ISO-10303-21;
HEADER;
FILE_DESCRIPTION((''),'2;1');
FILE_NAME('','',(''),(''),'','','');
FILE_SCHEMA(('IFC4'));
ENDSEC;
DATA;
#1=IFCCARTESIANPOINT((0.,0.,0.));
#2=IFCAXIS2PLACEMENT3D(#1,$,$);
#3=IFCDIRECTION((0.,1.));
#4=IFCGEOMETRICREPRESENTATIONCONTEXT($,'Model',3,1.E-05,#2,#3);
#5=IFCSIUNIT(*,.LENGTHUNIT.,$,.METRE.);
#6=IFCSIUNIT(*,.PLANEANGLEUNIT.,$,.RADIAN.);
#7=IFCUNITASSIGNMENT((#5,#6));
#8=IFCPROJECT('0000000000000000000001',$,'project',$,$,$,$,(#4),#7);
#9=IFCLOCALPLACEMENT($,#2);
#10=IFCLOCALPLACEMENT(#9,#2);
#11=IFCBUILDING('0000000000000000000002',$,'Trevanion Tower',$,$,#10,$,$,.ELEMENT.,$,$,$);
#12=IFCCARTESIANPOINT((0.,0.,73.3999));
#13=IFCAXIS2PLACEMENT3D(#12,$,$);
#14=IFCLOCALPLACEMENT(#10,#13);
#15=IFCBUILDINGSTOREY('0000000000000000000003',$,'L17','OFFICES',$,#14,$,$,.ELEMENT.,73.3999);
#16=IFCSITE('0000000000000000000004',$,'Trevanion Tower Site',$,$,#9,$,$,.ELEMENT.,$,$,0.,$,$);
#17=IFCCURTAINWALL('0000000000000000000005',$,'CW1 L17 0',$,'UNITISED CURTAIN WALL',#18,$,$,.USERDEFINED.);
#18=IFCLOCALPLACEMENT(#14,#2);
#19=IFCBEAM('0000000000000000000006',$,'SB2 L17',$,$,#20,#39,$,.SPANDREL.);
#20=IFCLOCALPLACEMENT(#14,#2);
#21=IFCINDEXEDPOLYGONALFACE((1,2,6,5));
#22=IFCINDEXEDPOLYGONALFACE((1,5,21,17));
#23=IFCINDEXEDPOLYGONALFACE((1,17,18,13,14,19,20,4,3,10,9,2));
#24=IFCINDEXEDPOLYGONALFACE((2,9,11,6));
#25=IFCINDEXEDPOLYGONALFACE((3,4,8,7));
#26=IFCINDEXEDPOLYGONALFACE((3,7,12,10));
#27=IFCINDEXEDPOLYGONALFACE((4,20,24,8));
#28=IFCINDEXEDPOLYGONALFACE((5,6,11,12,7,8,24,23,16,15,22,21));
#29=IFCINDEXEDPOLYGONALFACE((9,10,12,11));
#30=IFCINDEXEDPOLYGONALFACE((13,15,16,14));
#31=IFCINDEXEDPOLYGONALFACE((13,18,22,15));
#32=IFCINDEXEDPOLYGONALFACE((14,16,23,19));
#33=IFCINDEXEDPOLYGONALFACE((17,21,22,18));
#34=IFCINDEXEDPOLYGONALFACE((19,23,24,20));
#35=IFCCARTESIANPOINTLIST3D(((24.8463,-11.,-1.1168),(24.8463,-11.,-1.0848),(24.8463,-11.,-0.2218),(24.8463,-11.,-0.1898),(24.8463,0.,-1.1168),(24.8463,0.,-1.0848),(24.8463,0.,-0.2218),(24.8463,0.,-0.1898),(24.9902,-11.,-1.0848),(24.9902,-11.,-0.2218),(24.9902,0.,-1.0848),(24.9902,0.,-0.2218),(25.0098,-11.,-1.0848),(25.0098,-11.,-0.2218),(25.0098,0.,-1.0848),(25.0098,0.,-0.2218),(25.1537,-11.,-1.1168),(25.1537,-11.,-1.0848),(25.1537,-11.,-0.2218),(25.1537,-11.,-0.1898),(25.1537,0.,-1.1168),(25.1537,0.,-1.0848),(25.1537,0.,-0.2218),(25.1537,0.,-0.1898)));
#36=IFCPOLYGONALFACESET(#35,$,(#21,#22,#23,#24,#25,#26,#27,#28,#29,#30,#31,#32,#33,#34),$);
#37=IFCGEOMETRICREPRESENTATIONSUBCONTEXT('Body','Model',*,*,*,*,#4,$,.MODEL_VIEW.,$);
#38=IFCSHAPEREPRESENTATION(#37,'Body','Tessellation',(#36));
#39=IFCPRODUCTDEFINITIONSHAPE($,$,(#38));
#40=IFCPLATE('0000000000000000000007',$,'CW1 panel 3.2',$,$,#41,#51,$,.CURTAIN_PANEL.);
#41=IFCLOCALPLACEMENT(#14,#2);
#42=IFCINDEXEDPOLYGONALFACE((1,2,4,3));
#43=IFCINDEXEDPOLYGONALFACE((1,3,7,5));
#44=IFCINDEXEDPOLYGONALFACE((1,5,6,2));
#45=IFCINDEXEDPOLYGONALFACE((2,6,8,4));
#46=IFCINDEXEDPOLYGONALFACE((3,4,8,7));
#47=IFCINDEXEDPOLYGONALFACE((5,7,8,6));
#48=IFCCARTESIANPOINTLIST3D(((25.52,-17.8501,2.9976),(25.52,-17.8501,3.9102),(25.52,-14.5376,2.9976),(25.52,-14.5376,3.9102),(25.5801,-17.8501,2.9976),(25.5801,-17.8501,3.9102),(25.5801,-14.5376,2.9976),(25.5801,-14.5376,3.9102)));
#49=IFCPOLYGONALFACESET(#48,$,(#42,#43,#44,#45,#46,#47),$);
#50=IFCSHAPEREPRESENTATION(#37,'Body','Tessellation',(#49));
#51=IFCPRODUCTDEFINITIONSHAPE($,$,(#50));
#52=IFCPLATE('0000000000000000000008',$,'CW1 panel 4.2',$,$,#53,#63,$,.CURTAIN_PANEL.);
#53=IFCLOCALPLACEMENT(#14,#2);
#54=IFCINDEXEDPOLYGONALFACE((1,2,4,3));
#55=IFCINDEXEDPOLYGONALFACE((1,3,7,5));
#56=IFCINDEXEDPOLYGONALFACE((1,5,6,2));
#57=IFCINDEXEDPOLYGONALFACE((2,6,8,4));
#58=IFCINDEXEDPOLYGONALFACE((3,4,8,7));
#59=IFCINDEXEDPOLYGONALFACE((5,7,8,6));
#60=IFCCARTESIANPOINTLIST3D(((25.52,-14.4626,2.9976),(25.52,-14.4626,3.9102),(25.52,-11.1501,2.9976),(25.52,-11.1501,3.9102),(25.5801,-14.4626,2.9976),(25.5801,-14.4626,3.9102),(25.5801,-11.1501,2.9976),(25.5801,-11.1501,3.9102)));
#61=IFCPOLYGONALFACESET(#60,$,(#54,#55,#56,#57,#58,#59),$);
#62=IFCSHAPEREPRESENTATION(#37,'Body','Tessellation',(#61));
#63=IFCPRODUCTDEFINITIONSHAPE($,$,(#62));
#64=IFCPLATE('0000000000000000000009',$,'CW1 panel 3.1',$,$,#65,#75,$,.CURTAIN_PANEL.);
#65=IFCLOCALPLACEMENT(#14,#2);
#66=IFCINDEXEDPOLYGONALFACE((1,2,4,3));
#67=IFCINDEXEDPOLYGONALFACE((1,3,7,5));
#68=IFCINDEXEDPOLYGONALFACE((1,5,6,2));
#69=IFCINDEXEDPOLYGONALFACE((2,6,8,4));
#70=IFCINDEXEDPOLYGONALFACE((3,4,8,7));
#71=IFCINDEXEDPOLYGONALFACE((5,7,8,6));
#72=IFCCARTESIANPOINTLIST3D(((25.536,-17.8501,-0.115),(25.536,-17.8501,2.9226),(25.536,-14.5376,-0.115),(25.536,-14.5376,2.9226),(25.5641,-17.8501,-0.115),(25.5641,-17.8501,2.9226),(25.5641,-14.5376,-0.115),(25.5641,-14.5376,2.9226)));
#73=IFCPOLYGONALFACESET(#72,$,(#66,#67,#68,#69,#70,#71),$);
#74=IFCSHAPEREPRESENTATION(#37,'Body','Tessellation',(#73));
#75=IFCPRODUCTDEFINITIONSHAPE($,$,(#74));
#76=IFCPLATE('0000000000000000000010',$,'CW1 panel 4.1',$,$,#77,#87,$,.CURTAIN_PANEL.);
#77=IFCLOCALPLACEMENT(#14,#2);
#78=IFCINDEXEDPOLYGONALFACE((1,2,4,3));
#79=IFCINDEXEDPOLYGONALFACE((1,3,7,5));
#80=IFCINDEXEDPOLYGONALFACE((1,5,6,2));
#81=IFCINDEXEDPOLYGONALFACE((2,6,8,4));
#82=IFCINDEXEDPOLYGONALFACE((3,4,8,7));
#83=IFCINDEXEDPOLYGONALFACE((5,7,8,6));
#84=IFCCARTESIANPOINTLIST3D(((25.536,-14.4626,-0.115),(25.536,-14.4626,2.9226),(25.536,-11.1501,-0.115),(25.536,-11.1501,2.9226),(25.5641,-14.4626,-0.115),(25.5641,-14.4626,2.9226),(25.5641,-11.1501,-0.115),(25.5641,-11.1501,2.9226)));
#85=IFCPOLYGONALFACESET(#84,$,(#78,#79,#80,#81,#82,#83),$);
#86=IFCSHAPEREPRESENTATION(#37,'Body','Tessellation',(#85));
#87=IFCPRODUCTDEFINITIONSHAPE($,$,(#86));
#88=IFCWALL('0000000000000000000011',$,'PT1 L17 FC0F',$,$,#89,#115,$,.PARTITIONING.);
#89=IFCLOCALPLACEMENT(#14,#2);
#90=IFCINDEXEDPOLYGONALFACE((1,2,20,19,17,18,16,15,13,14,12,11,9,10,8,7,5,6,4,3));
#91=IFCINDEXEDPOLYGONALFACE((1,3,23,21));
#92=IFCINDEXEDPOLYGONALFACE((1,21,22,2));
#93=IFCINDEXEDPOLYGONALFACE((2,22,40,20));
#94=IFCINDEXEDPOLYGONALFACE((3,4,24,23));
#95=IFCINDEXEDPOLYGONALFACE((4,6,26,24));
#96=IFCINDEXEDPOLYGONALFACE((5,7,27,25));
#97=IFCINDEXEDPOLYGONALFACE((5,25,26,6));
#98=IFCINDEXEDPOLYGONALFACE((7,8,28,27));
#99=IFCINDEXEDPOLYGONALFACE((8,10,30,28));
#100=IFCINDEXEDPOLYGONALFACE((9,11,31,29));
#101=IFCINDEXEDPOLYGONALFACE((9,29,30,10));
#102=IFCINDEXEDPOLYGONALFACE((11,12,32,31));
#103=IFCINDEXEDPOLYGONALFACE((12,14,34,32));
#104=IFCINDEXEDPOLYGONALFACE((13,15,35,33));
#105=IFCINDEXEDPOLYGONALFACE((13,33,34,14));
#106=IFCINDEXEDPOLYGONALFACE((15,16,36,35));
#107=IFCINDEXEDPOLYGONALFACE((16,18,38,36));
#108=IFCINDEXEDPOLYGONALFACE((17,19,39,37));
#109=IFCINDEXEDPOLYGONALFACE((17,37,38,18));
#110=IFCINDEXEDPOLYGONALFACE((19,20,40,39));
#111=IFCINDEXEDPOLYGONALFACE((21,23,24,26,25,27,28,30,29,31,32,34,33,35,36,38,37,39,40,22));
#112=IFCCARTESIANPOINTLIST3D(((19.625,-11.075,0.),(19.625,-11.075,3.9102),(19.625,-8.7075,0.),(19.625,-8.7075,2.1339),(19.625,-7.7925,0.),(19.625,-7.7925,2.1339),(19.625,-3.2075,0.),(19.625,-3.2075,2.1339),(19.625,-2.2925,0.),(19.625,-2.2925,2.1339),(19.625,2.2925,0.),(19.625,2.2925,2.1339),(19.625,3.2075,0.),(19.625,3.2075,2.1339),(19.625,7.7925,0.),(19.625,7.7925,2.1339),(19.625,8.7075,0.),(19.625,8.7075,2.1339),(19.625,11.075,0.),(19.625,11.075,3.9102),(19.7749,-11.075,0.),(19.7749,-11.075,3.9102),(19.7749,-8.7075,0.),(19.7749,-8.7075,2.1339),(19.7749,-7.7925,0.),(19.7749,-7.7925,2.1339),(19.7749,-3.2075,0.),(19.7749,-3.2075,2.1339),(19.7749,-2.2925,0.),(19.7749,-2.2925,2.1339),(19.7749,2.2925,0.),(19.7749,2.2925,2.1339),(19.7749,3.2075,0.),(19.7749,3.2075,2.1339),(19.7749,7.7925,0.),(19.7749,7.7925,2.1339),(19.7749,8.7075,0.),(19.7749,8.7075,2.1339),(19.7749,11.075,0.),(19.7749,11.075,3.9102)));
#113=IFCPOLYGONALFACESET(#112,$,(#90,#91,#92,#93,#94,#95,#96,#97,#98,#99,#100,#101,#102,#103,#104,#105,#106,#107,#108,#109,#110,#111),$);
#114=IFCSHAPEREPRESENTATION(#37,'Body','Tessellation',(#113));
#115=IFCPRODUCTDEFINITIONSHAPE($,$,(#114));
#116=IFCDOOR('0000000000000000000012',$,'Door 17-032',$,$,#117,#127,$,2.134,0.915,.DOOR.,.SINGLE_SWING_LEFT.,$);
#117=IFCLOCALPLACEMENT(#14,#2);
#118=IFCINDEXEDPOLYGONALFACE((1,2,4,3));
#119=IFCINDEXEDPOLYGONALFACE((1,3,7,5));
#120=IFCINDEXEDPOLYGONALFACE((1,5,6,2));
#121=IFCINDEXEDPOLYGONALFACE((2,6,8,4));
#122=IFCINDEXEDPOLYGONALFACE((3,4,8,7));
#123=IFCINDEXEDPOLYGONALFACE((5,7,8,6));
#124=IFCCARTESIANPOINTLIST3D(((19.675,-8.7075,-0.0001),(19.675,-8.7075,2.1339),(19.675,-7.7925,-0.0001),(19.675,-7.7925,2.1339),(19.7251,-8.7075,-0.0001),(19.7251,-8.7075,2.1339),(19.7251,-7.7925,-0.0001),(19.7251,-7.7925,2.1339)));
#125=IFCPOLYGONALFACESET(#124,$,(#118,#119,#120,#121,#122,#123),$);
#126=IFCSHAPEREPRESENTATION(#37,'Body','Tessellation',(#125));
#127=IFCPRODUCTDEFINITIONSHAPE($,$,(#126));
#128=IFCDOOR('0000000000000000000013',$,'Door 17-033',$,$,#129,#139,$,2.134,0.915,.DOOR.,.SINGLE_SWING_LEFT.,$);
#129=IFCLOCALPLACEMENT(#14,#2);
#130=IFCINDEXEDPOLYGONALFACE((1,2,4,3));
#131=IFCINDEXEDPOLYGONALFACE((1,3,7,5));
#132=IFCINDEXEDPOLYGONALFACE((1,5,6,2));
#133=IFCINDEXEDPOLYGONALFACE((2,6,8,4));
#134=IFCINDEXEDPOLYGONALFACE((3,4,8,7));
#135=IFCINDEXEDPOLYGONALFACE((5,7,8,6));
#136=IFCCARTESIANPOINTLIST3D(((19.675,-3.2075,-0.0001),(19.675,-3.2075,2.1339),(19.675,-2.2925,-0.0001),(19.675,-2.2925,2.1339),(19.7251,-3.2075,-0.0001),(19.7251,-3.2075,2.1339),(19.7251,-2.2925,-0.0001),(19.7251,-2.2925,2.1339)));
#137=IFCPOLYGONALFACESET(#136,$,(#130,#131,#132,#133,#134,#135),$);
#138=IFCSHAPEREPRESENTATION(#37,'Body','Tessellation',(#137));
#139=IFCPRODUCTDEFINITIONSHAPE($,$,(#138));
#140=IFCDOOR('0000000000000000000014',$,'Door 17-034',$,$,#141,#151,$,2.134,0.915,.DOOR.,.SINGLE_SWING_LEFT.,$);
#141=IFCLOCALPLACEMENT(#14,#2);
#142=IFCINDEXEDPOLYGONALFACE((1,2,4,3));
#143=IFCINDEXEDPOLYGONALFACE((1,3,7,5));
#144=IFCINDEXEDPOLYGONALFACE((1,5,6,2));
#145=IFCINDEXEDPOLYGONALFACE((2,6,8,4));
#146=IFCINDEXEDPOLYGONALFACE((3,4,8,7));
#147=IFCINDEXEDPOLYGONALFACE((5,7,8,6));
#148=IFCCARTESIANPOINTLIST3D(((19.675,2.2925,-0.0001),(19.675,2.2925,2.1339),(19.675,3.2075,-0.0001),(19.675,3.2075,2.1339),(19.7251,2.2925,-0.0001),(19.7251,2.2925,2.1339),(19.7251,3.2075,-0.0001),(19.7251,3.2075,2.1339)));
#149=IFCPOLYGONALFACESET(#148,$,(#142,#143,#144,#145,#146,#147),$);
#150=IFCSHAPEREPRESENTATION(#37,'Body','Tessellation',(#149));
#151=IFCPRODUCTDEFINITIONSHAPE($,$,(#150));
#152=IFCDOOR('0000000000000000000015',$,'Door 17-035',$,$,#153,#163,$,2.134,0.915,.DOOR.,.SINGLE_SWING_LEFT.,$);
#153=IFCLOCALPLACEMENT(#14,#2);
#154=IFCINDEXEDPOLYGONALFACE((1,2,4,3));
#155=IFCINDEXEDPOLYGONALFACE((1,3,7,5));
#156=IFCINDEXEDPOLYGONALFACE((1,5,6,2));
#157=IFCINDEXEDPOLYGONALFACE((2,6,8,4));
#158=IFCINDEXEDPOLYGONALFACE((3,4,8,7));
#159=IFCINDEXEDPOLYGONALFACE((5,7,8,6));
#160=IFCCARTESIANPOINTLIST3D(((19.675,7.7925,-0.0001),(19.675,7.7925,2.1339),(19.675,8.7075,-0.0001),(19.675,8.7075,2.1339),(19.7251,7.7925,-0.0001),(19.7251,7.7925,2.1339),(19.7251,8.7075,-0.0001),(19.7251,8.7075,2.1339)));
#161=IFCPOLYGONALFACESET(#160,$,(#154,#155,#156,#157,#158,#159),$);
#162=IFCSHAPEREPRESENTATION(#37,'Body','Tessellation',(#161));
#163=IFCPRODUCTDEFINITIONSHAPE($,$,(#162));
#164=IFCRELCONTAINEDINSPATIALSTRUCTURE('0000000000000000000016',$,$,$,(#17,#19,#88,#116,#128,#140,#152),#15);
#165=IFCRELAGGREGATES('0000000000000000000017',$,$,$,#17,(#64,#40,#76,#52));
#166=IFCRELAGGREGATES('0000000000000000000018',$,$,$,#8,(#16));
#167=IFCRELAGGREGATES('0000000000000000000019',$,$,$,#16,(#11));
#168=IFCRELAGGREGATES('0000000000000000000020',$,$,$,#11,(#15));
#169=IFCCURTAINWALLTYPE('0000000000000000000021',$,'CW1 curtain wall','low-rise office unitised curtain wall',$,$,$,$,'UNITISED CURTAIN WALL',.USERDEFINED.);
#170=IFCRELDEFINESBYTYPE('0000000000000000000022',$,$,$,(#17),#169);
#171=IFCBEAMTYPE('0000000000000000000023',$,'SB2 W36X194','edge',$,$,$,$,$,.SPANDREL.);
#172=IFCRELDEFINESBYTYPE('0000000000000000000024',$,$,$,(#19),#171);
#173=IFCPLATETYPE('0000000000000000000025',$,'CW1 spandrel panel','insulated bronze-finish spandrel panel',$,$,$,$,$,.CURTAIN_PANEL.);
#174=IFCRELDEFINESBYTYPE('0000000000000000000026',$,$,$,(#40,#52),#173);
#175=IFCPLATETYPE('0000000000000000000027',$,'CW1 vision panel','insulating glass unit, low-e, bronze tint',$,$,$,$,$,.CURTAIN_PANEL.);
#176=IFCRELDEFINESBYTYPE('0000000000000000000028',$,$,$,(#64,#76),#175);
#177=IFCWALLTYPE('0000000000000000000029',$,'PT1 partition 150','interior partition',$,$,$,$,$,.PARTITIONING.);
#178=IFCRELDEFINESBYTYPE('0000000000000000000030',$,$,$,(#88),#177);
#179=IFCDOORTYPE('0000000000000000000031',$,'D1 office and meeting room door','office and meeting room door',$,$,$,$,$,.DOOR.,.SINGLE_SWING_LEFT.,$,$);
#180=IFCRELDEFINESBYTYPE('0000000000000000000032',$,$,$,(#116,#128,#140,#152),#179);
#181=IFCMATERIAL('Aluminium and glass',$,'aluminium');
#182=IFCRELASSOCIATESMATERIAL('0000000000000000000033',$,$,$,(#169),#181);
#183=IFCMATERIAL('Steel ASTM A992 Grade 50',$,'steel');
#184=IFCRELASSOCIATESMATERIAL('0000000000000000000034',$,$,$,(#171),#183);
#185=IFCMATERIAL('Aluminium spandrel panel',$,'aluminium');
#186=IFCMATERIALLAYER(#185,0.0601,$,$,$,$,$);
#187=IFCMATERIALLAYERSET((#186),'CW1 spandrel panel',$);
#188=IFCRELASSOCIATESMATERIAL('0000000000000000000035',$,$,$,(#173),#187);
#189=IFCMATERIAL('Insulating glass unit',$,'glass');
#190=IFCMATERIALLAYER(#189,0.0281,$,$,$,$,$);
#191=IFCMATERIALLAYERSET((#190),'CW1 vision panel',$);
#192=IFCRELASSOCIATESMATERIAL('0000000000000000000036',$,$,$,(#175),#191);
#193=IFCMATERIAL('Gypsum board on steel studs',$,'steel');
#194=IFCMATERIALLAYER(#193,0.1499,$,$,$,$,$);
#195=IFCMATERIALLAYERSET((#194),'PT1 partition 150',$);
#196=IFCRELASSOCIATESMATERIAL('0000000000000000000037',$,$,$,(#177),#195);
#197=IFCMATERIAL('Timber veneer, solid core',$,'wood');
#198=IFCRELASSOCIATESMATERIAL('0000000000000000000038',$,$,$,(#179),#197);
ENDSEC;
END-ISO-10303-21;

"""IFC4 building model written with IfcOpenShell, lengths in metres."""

from ifc_helpers import new_model, si_unit, direction, frame, frame_2d, origin, origin_2d, place, context, subcontext, project, spatial, rectangle, i_section, extrude, material, layer, layer_set, material_profile, profile_set, type_object, element, fill, aggregate, save


model = new_model("IFC4")

# Units and contexts
model_context = context("Model", 3, precision=1e-05, world=origin(), true_north=direction((0.0, 1.0)))
body_context = subcontext(model_context, "Body", "Model", "MODEL_VIEW")
ifc_project = project(units=[si_unit("LENGTHUNIT", "METRE"), si_unit("PLANEANGLEUNIT", "RADIAN")], contexts=[model_context])

# Site, building, storey
site_placement = place(None, origin())
site = spatial("IfcSite", under=ifc_project, at=site_placement, Name="Trevanion Tower Site", CompositionType="ELEMENT", RefElevation=0.0)
building_placement = place(site_placement, origin())
building = spatial("IfcBuilding", under=site, at=building_placement, Name="Trevanion Tower", CompositionType="ELEMENT")
storey_placement = place(building_placement, frame((0.0, 0.0, 73.3999)))
storey = spatial("IfcBuildingStorey", under=building, at=storey_placement, Name="L17", Description="OFFICES", CompositionType="ELEMENT", Elevation=73.3999)

# Curtain wall
ifc_material_1 = material(Name="Aluminium and glass", Category="aluminium")
curtain_wall_type = type_object("IfcCurtainWallType", Name="CW1 curtain wall", Description="low-rise office unitised curtain wall", ElementType="UNITISED CURTAIN WALL", PredefinedType="USERDEFINED", material=ifc_material_1)
curtain_wall_placement = place(storey_placement, origin())
curtain_wall = element("IfcCurtainWall", 1, at=curtain_wall_placement, inside=storey, type_object=curtain_wall_type, Name="CW1 L17 0", ObjectType="UNITISED CURTAIN WALL", PredefinedType="USERDEFINED")

# Beam
ifc_material_2 = material(Name="Steel ASTM A992 Grade 50", Category="steel")
ifc_material_profile_1 = material_profile(ifc_material_2, i_section(OverallWidth=0.3074, OverallDepth=0.927, WebThickness=0.0195, FlangeThickness=0.032, at=origin_2d()), Name="W36X194")
ifc_profile_set_1 = profile_set([ifc_material_profile_1], Name="Steel ASTM A992 Grade 50")
beam_type = type_object("IfcBeamType", Name="SB2 W36X194", Description="edge", PredefinedType="SPANDREL", material=ifc_profile_set_1)
beam_1_placement = place(storey_placement, frame((25.0, -11.0, -0.6533), z_axis=(0.0, 1.0, 0.0), x_axis=(-1.0, 0.0, 0.0)))
element("IfcBeam", 2, at=beam_1_placement, inside=storey, type_object=beam_type, Name="SB2 L17", PredefinedType="SPANDREL", context=body_context, shape_type="SweptSolid", body=[
    extrude(i_section(OverallWidth=0.3074, OverallDepth=0.927, WebThickness=0.0195, FlangeThickness=0.032, at=origin_2d()), origin(), (0.0, 0.0, 1.0), 11.0),
])

# Plates
ifc_material_3 = material(Name="Aluminium spandrel panel", Category="aluminium")
ifc_layer_1 = layer(ifc_material_3, 0.0601)
ifc_layer_set_1 = layer_set([ifc_layer_1], Name="CW1 spandrel panel")
plate_type_1 = type_object("IfcPlateType", Name="CW1 spandrel panel", Description="insulated bronze-finish spandrel panel", PredefinedType="CURTAIN_PANEL", material=ifc_layer_set_1)
plate_1_placement = place(storey_placement, frame((25.55, -16.1938, 2.9976), z_axis=(0.0, 0.0, 1.0), x_axis=(0.0, 1.0, 0.0)))
plate_1 = element("IfcPlate", 3, at=plate_1_placement, type_object=plate_type_1, Name="CW1 panel 3.2", PredefinedType="CURTAIN_PANEL", context=body_context, shape_type="SweptSolid", body=[
    extrude(rectangle(XDim=3.3125, YDim=0.0601, at=origin_2d()), origin(), (0.0, 0.0, 1.0), 0.9126),
])
plate_2_placement = place(storey_placement, frame((25.55, -12.8064, 2.9976), z_axis=(0.0, 0.0, 1.0), x_axis=(0.0, 1.0, 0.0)))
plate_2 = element("IfcPlate", 4, at=plate_2_placement, type_object=plate_type_1, Name="CW1 panel 4.2", PredefinedType="CURTAIN_PANEL", context=body_context, shape_type="SweptSolid", body=[
    extrude(rectangle(XDim=3.3125, YDim=0.0601, at=origin_2d()), origin(), (0.0, 0.0, 1.0), 0.9126),
])
ifc_material_4 = material(Name="Insulating glass unit", Category="glass")
ifc_layer_2 = layer(ifc_material_4, 0.0281)
ifc_layer_set_2 = layer_set([ifc_layer_2], Name="CW1 vision panel")
plate_type_2 = type_object("IfcPlateType", Name="CW1 vision panel", Description="insulating glass unit, low-e, bronze tint", PredefinedType="CURTAIN_PANEL", material=ifc_layer_set_2)
plate_3_placement = place(storey_placement, frame((25.55, -16.1938, -0.115), z_axis=(0.0, 0.0, 1.0), x_axis=(0.0, 1.0, 0.0)))
plate_3 = element("IfcPlate", 5, at=plate_3_placement, type_object=plate_type_2, Name="CW1 panel 3.1", PredefinedType="CURTAIN_PANEL", context=body_context, shape_type="SweptSolid", body=[
    extrude(rectangle(XDim=3.3125, YDim=0.0281, at=origin_2d()), origin(), (0.0, 0.0, 1.0), 3.0376),
])
plate_4_placement = place(storey_placement, frame((25.55, -12.8064, -0.115), z_axis=(0.0, 0.0, 1.0), x_axis=(0.0, 1.0, 0.0)))
plate_4 = element("IfcPlate", 6, at=plate_4_placement, type_object=plate_type_2, Name="CW1 panel 4.1", PredefinedType="CURTAIN_PANEL", context=body_context, shape_type="SweptSolid", body=[
    extrude(rectangle(XDim=3.3125, YDim=0.0281, at=origin_2d()), origin(), (0.0, 0.0, 1.0), 3.0376),
])
aggregate(curtain_wall, [plate_3, plate_1, plate_4, plate_2])

# Wall, openings, doors
ifc_material_5 = material(Name="Gypsum board on steel studs", Category="steel")
ifc_layer_3 = layer(ifc_material_5, 0.1499)
ifc_layer_set_3 = layer_set([ifc_layer_3], Name="PT1 partition 150")
wall_type = type_object("IfcWallType", Name="PT1 partition 150", Description="interior partition", PredefinedType="PARTITIONING", material=ifc_layer_set_3)
wall_placement = place(storey_placement, frame((19.7, -11.075, 0.0), z_axis=(0.0, 0.0, 1.0), x_axis=(0.0, 1.0, 0.0)))
wall = element("IfcWall", 7, at=wall_placement, inside=storey, type_object=wall_type, Name="PT1 L17 FC0F", PredefinedType="PARTITIONING", context=body_context, shape_type="SweptSolid", body=[
    extrude(rectangle(XDim=22.1499, YDim=0.1499, at=frame_2d((11.075, 0.0))), origin(), (0.0, 0.0, 1.0), 3.9102),
])
opening_1_placement = place(wall_placement, frame((2.3674, 0.0, 0.0)))
opening_1 = element("IfcOpeningElement", 8, at=opening_1_placement, cuts=wall, PredefinedType="OPENING", context=body_context, shape_type="SweptSolid", body=[
    extrude(rectangle(XDim=0.915, YDim=2.134, at=frame_2d((0.4575, 1.0669))), frame((0.0, 0.085, 0.0), z_axis=(0.0, -1.0, 0.0), x_axis=(1.0, 0.0, 0.0)), (0.0, 0.0, 1.0), 0.1699),
])
opening_2_placement = place(wall_placement, frame((7.8674, 0.0, 0.0)))
opening_2 = element("IfcOpeningElement", 9, at=opening_2_placement, cuts=wall, PredefinedType="OPENING", context=body_context, shape_type="SweptSolid", body=[
    extrude(rectangle(XDim=0.915, YDim=2.134, at=frame_2d((0.4575, 1.0669))), frame((0.0, 0.085, 0.0), z_axis=(0.0, -1.0, 0.0), x_axis=(1.0, 0.0, 0.0)), (0.0, 0.0, 1.0), 0.1699),
])
opening_3_placement = place(wall_placement, frame((13.3674, 0.0, 0.0)))
opening_3 = element("IfcOpeningElement", 10, at=opening_3_placement, cuts=wall, PredefinedType="OPENING", context=body_context, shape_type="SweptSolid", body=[
    extrude(rectangle(XDim=0.915, YDim=2.134, at=frame_2d((0.4575, 1.0669))), frame((0.0, 0.085, 0.0), z_axis=(0.0, -1.0, 0.0), x_axis=(1.0, 0.0, 0.0)), (0.0, 0.0, 1.0), 0.1699),
])
opening_4_placement = place(wall_placement, frame((18.8674, 0.0, 0.0)))
opening_4 = element("IfcOpeningElement", 11, at=opening_4_placement, cuts=wall, PredefinedType="OPENING", context=body_context, shape_type="SweptSolid", body=[
    extrude(rectangle(XDim=0.915, YDim=2.134, at=frame_2d((0.4575, 1.0669))), frame((0.0, 0.085, 0.0), z_axis=(0.0, -1.0, 0.0), x_axis=(1.0, 0.0, 0.0)), (0.0, 0.0, 1.0), 0.1699),
])
ifc_material_6 = material(Name="Timber veneer, solid core", Category="wood")
door_type = type_object("IfcDoorType", Name="D1 office and meeting room door", Description="office and meeting room door", OperationType="SINGLE_SWING_LEFT", PredefinedType="DOOR", material=ifc_material_6)
door_1_placement = place(opening_1_placement, origin())
door_1 = element("IfcDoor", 12, at=door_1_placement, inside=storey, type_object=door_type, Name="Door 17-032", OperationType="SINGLE_SWING_LEFT", OverallHeight=2.134, OverallWidth=0.915, PredefinedType="DOOR", context=body_context, shape_type="SweptSolid", body=[
    extrude(rectangle(XDim=0.915, YDim=2.134, at=frame_2d((0.4575, 1.0669))), frame((0.0, 0.0249, 0.0), z_axis=(0.0, -1.0, 0.0), x_axis=(1.0, 0.0, 0.0)), (0.0, 0.0, 1.0), 0.05),
])
fill(opening_1, door_1)
door_2_placement = place(opening_2_placement, origin())
door_2 = element("IfcDoor", 13, at=door_2_placement, inside=storey, type_object=door_type, Name="Door 17-033", OperationType="SINGLE_SWING_LEFT", OverallHeight=2.134, OverallWidth=0.915, PredefinedType="DOOR", context=body_context, shape_type="SweptSolid", body=[
    extrude(rectangle(XDim=0.915, YDim=2.134, at=frame_2d((0.4575, 1.0669))), frame((0.0, 0.0249, 0.0), z_axis=(0.0, -1.0, 0.0), x_axis=(1.0, 0.0, 0.0)), (0.0, 0.0, 1.0), 0.05),
])
fill(opening_2, door_2)
door_3_placement = place(opening_3_placement, origin())
door_3 = element("IfcDoor", 14, at=door_3_placement, inside=storey, type_object=door_type, Name="Door 17-034", OperationType="SINGLE_SWING_LEFT", OverallHeight=2.134, OverallWidth=0.915, PredefinedType="DOOR", context=body_context, shape_type="SweptSolid", body=[
    extrude(rectangle(XDim=0.915, YDim=2.134, at=frame_2d((0.4575, 1.0669))), frame((0.0, 0.0249, 0.0), z_axis=(0.0, -1.0, 0.0), x_axis=(1.0, 0.0, 0.0)), (0.0, 0.0, 1.0), 0.05),
])
fill(opening_3, door_3)
door_4_placement = place(opening_4_placement, origin())
door_4 = element("IfcDoor", 15, at=door_4_placement, inside=storey, type_object=door_type, Name="Door 17-035", OperationType="SINGLE_SWING_LEFT", OverallHeight=2.134, OverallWidth=0.915, PredefinedType="DOOR", context=body_context, shape_type="SweptSolid", body=[
    extrude(rectangle(XDim=0.915, YDim=2.134, at=frame_2d((0.4575, 1.0669))), frame((0.0, 0.0249, 0.0), z_axis=(0.0, -1.0, 0.0), x_axis=(1.0, 0.0, 0.0)), (0.0, 0.0, 1.0), 0.05),
])
fill(opening_4, door_4)

save(model, "model.ifc")
